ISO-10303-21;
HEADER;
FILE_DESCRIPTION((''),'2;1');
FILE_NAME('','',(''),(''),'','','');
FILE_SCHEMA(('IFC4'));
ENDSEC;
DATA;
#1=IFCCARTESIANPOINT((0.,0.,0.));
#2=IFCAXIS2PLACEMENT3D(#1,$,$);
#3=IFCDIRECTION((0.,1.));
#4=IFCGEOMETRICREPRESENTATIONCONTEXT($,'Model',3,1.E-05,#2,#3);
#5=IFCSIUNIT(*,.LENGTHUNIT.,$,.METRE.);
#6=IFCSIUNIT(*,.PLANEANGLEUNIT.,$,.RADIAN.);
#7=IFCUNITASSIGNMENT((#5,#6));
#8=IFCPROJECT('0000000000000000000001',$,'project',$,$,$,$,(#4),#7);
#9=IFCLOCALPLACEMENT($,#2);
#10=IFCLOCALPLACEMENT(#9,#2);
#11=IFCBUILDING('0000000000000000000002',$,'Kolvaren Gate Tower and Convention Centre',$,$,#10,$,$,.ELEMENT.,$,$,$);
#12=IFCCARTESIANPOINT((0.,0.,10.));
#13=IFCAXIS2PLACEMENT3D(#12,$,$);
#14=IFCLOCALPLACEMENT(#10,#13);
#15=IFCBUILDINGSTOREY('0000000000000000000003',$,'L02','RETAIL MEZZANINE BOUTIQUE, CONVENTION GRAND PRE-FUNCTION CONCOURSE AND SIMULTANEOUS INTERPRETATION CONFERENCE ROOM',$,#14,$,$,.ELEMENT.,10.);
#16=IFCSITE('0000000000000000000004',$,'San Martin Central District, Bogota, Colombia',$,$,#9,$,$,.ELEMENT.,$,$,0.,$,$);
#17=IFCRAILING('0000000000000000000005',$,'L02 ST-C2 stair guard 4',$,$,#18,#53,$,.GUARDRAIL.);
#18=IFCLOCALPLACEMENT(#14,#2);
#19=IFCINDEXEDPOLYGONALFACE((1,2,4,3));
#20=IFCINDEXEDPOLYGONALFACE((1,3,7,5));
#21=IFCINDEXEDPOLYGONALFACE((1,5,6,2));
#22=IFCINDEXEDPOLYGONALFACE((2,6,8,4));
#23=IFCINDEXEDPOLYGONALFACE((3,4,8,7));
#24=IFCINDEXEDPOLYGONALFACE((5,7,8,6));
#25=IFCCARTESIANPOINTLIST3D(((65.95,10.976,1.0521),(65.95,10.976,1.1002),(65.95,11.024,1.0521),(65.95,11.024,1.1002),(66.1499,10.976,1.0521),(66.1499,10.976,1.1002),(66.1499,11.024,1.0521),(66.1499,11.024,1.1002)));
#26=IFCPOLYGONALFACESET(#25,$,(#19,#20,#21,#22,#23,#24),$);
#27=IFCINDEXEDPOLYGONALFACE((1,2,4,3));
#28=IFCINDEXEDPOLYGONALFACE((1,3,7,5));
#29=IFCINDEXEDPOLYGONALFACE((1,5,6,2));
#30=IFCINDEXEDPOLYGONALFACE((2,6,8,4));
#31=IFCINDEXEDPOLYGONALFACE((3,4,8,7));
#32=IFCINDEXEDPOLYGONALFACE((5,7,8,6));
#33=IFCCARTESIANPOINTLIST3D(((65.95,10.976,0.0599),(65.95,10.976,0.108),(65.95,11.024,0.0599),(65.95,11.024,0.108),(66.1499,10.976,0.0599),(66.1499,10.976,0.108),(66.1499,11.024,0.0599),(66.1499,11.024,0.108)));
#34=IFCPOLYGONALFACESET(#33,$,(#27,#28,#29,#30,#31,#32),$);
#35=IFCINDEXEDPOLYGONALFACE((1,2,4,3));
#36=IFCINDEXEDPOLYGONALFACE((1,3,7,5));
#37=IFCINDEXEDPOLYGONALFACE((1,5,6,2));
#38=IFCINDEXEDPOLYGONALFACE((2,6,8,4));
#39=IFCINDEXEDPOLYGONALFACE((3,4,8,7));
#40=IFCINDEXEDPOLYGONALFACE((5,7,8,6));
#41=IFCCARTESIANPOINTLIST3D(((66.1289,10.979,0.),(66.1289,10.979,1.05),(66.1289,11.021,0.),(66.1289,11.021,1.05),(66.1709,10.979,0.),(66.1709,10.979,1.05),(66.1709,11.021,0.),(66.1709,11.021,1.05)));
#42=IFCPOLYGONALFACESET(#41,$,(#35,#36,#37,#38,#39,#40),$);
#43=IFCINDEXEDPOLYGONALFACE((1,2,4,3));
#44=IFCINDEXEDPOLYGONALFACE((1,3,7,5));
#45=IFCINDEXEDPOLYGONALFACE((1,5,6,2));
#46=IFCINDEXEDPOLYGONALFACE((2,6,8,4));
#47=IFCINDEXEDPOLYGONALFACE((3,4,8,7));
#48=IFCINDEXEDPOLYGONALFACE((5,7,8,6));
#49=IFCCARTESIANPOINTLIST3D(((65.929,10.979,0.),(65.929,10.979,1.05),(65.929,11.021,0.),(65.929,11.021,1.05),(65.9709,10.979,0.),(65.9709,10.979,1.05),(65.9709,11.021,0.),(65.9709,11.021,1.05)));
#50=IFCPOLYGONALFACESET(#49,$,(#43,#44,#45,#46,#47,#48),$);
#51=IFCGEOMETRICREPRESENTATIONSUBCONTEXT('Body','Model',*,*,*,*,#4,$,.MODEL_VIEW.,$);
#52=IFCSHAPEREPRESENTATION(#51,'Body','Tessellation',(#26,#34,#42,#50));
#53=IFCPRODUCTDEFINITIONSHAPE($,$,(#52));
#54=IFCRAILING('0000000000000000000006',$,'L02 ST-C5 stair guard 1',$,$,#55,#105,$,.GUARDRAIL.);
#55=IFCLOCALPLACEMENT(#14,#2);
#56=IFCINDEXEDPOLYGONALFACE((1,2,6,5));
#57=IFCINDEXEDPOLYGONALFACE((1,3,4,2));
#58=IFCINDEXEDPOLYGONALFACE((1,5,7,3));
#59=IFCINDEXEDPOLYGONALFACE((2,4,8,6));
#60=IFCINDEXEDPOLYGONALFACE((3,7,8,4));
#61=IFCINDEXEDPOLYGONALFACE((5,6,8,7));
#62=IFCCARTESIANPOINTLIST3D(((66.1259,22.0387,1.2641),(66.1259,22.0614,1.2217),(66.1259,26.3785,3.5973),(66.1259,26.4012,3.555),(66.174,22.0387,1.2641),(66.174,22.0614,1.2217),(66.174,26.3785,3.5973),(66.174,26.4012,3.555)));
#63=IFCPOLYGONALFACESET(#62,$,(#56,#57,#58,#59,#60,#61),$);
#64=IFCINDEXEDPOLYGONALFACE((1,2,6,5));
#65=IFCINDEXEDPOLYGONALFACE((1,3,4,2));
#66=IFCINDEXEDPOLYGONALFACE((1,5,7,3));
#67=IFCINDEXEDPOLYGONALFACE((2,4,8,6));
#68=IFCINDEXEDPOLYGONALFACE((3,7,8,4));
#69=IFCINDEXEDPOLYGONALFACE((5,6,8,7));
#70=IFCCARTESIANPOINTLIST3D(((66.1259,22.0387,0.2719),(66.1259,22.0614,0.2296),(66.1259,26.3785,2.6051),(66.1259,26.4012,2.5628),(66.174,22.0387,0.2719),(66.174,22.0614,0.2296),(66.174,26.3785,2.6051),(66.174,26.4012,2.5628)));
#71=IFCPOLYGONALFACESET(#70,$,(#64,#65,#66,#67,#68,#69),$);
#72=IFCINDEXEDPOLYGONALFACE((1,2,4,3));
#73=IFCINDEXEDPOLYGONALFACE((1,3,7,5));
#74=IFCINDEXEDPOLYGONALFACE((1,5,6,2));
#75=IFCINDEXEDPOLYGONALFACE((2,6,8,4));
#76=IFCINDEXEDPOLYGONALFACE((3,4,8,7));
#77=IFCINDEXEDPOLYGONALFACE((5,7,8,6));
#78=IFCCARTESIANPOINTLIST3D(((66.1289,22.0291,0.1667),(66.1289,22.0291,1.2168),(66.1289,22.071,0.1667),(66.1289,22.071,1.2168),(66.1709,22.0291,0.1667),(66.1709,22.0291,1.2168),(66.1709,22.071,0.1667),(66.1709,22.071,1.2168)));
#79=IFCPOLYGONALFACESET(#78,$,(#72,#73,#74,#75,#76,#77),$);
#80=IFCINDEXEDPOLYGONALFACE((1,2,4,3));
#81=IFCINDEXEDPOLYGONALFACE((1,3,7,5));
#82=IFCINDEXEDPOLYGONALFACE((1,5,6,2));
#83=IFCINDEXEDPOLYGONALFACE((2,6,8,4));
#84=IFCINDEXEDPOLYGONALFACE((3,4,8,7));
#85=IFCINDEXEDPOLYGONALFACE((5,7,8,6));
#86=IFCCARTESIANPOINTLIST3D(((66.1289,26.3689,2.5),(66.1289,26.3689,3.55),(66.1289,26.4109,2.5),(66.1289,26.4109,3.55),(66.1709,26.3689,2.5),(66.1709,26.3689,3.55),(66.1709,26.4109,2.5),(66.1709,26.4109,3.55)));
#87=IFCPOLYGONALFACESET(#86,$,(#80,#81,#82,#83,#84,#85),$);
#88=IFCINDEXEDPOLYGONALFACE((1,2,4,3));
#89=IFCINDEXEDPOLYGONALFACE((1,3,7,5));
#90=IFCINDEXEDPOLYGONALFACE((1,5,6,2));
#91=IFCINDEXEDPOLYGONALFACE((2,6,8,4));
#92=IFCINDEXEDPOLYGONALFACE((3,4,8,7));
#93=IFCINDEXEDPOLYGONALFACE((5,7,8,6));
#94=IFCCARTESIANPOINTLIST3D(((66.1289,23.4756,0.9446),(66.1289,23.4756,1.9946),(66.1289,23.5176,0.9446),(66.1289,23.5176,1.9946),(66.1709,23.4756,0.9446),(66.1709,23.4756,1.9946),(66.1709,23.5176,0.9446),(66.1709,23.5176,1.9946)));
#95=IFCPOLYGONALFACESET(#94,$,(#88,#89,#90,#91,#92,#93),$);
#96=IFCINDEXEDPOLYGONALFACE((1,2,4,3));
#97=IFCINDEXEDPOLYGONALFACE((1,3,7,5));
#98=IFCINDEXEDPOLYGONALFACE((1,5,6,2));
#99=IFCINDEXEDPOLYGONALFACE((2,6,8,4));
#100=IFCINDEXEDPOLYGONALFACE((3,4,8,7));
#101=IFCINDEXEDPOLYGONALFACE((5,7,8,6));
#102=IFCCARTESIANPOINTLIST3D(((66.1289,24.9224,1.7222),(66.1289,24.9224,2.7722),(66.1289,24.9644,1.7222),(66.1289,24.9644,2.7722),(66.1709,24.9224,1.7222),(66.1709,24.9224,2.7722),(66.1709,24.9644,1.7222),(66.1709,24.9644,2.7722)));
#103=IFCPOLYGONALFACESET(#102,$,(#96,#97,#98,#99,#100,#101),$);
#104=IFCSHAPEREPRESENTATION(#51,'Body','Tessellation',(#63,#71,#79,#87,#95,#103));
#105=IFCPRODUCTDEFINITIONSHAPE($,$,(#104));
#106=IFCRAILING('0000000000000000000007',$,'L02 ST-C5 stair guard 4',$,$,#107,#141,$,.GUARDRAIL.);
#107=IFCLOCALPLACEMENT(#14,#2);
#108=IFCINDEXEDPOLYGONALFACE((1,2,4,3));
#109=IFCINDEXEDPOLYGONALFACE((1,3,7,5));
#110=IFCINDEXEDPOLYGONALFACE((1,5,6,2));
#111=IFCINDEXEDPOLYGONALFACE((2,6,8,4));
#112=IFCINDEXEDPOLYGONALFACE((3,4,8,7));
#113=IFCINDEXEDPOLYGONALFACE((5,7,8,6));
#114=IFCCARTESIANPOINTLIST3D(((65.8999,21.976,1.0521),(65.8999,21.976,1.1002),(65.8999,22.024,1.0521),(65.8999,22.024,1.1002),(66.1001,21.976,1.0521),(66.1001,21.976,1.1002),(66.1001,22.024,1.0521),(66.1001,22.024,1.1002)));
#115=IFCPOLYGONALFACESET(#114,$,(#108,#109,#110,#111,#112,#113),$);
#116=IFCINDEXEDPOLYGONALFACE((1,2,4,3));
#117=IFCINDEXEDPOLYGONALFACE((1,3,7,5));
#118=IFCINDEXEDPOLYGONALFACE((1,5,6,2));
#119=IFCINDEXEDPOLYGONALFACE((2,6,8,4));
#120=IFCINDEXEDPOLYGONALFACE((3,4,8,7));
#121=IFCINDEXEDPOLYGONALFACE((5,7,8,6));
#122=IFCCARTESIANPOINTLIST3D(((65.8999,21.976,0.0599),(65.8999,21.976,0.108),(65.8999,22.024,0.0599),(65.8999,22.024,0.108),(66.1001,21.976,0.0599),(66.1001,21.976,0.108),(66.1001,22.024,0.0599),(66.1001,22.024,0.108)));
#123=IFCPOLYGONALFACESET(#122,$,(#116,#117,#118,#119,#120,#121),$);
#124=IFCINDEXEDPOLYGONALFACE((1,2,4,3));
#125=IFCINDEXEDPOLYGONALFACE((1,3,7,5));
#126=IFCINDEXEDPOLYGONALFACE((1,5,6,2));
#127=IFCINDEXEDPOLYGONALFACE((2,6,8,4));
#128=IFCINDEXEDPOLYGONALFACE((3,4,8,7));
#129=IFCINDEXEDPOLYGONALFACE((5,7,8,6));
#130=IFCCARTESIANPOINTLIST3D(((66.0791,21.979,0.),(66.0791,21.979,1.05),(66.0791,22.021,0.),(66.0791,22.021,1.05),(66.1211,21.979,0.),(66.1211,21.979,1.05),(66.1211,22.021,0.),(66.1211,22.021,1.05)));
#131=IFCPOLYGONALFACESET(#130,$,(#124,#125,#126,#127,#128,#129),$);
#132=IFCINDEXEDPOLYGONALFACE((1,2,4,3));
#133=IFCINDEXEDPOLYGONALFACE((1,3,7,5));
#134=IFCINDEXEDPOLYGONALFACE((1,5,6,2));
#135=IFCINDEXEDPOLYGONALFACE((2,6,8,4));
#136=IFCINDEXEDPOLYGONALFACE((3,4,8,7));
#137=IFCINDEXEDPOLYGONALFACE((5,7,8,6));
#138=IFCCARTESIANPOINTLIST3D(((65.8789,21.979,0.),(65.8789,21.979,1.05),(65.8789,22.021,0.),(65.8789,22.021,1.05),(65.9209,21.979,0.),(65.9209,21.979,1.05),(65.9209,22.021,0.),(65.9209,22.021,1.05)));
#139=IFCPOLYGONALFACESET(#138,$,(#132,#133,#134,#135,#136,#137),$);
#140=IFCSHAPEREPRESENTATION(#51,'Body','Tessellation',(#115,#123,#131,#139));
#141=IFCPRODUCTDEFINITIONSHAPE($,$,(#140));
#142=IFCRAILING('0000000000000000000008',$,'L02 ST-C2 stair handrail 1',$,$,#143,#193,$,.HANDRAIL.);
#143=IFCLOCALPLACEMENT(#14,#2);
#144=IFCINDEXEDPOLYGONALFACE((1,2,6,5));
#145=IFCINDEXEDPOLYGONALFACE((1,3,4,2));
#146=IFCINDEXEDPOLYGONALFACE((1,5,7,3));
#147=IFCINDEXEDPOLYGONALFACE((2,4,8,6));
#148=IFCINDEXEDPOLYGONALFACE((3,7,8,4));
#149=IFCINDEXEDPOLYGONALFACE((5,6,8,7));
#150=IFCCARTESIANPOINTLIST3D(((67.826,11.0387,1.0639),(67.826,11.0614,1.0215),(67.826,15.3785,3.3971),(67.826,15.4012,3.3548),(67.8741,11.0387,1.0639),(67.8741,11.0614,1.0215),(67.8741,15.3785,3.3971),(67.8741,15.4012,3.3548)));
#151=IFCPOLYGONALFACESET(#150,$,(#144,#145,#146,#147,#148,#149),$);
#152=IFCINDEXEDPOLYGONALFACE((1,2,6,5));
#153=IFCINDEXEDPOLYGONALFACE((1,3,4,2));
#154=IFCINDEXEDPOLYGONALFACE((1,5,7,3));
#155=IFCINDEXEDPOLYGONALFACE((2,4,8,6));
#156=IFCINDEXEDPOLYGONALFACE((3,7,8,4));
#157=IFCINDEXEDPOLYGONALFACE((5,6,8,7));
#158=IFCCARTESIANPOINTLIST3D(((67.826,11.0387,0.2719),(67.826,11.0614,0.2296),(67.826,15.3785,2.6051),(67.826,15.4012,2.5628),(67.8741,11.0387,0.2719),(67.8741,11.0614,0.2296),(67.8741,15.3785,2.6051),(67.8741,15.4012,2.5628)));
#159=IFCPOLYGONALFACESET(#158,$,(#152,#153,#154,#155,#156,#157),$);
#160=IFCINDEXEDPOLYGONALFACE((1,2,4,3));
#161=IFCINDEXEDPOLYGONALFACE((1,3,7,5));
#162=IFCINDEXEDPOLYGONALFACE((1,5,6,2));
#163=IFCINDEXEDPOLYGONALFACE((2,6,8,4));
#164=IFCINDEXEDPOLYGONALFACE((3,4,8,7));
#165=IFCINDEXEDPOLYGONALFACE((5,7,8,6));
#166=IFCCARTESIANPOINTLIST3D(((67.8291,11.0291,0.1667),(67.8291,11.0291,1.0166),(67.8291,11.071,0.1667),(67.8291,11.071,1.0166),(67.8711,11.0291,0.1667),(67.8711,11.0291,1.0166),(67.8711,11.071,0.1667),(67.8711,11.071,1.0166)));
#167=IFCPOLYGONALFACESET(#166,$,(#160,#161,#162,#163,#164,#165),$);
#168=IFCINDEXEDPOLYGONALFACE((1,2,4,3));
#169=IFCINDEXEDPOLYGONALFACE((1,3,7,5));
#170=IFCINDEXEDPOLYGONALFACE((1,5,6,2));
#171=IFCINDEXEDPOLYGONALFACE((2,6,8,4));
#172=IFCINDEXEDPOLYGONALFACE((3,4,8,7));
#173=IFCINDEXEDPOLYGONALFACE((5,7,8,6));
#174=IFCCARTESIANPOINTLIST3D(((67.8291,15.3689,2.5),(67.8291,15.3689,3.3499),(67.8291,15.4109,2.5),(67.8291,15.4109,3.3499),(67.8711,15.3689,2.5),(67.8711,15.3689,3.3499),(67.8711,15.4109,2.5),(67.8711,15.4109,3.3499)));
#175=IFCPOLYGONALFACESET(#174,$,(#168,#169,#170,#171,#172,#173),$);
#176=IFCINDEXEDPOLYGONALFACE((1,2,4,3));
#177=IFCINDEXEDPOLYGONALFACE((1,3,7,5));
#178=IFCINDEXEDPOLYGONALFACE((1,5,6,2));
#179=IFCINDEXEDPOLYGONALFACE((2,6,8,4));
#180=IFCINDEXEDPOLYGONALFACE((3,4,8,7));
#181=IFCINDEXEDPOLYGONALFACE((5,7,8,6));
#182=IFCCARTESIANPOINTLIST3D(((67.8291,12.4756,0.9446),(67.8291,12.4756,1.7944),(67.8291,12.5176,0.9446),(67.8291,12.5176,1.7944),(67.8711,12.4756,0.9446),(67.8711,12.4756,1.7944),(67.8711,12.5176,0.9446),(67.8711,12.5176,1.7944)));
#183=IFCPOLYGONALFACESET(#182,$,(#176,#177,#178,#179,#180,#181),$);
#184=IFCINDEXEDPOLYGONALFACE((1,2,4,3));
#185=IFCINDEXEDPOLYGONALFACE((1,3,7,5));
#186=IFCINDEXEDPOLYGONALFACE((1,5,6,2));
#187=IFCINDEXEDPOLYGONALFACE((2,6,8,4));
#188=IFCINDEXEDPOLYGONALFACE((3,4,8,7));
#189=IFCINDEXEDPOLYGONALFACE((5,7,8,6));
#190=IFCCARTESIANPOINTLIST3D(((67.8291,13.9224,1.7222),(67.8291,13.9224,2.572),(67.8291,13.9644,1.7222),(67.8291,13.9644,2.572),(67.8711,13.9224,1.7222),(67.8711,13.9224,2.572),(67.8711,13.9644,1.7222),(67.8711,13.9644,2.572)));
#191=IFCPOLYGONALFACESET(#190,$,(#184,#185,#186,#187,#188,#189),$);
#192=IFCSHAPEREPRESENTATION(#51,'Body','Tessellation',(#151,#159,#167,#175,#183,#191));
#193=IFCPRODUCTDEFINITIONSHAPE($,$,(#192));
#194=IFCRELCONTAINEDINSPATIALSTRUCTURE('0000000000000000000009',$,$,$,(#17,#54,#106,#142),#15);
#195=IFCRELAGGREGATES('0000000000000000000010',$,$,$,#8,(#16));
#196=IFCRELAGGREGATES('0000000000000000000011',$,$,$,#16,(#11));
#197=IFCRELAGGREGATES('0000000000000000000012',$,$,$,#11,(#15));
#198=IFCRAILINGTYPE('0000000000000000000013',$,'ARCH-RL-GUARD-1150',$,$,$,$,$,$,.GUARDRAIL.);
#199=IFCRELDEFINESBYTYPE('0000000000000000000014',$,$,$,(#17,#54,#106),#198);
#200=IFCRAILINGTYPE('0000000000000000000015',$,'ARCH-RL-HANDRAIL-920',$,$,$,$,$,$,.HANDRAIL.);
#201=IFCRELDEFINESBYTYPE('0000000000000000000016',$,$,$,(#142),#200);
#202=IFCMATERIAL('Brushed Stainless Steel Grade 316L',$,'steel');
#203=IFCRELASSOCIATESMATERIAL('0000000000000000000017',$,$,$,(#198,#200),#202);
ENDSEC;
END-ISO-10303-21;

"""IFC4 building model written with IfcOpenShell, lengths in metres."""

from ifc_helpers import new_model, si_unit, direction, frame, origin, origin_2d, place, context, subcontext, project, spatial, rectangle, extrude, material, type_object, element, save


model = new_model("IFC4")

# Units and contexts
model_context = context("Model", 3, precision=1e-05, world=origin(), true_north=direction((0.0, 1.0)))
body_context = subcontext(model_context, "Body", "Model", "MODEL_VIEW")
ifc_project = project(units=[si_unit("LENGTHUNIT", "METRE"), si_unit("PLANEANGLEUNIT", "RADIAN")], contexts=[model_context])

# Site, building, storey
site_placement = place(None, origin())
site = spatial("IfcSite", under=ifc_project, at=site_placement, Name="San Martin Central District, Bogota, Colombia", CompositionType="ELEMENT", RefElevation=0.0)
building_placement = place(site_placement, origin())
building = spatial("IfcBuilding", under=site, at=building_placement, Name="Kolvaren Gate Tower and Convention Centre", CompositionType="ELEMENT")
storey_placement = place(building_placement, frame((0.0, 0.0, 10.0)))
storey = spatial("IfcBuildingStorey", under=building, at=storey_placement, Name="L02", Description="RETAIL MEZZANINE BOUTIQUE, CONVENTION GRAND PRE-FUNCTION CONCOURSE AND SIMULTANEOUS INTERPRETATION CONFERENCE ROOM", CompositionType="ELEMENT", Elevation=10.0)

# Railings
ifc_material_1 = material(Name="Brushed Stainless Steel Grade 316L", Category="steel")
railing_type_1 = type_object("IfcRailingType", Name="ARCH-RL-GUARD-1150", PredefinedType="GUARDRAIL", material=ifc_material_1)
railing_1_placement = place(storey_placement, frame((66.1499, 11.0, 0.0)))
element("IfcRailing", 1, at=railing_1_placement, inside=storey, type_object=railing_type_1, Name="L02 ST-C2 stair guard 4", PredefinedType="GUARDRAIL", context=body_context, shape_type="SweptSolid", body=[
    extrude(rectangle(XDim=0.0481, YDim=0.0481, at=origin_2d()), frame((0.0, 0.0, 1.0762), z_axis=(-1.0, 0.0, 0.0), x_axis=(0.0, -1.0, 0.0)), (0.0, 0.0, 1.0), 0.2),
    extrude(rectangle(XDim=0.0481, YDim=0.0481, at=origin_2d()), frame((0.0, 0.0, 0.084), z_axis=(-1.0, 0.0, 0.0), x_axis=(0.0, -1.0, 0.0)), (0.0, 0.0, 1.0), 0.2),
    extrude(rectangle(XDim=0.042, YDim=0.042, at=origin_2d()), origin(), (0.0, 0.0, 1.0), 1.05),
    extrude(rectangle(XDim=0.042, YDim=0.042, at=origin_2d()), frame((-0.2, 0.0, 0.0)), (0.0, 0.0, 1.0), 1.05),
])
railing_2_placement = place(storey_placement, frame((66.1499, 22.05, 0.1667)))
element("IfcRailing", 2, at=railing_2_placement, inside=storey, type_object=railing_type_1, Name="L02 ST-C5 stair guard 1", PredefinedType="GUARDRAIL", context=body_context, shape_type="SweptSolid", body=[
    extrude(rectangle(XDim=0.0481, YDim=0.0481, at=origin_2d()), frame((0.0, 0.0, 1.0762), z_axis=(0.0, 0.880775, 0.473535), x_axis=(-1.0, 0.0, 0.0)), (0.0, 0.0, 1.0), 4.9272),
    extrude(rectangle(XDim=0.0481, YDim=0.0481, at=origin_2d()), frame((0.0, 0.0, 0.084), z_axis=(0.0, 0.880775, 0.473535), x_axis=(-1.0, 0.0, 0.0)), (0.0, 0.0, 1.0), 4.9272),
    extrude(rectangle(XDim=0.042, YDim=0.042, at=origin_2d()), origin(), (0.0, 0.0, 1.0), 1.05),
    extrude(rectangle(XDim=0.042, YDim=0.042, at=origin_2d()), frame((0.0, 4.3398, 2.3333)), (0.0, 0.0, 1.0), 1.05),
    extrude(rectangle(XDim=0.042, YDim=0.042, at=origin_2d()), frame((0.0, 1.4465, 0.7778)), (0.0, 0.0, 1.0), 1.05),
    extrude(rectangle(XDim=0.042, YDim=0.042, at=origin_2d()), frame((0.0, 2.8933, 1.5554)), (0.0, 0.0, 1.0), 1.05),
])
railing_3_placement = place(storey_placement, frame((66.1001, 22.0, 0.0)))
element("IfcRailing", 3, at=railing_3_placement, inside=storey, type_object=railing_type_1, Name="L02 ST-C5 stair guard 4", PredefinedType="GUARDRAIL", context=body_context, shape_type="SweptSolid", body=[
    extrude(rectangle(XDim=0.0481, YDim=0.0481, at=origin_2d()), frame((0.0, 0.0, 1.0762), z_axis=(-1.0, 0.0, 0.0), x_axis=(0.0, -1.0, 0.0)), (0.0, 0.0, 1.0), 0.2002),
    extrude(rectangle(XDim=0.0481, YDim=0.0481, at=origin_2d()), frame((0.0, 0.0, 0.084), z_axis=(-1.0, 0.0, 0.0), x_axis=(0.0, -1.0, 0.0)), (0.0, 0.0, 1.0), 0.2002),
    extrude(rectangle(XDim=0.042, YDim=0.042, at=origin_2d()), origin(), (0.0, 0.0, 1.0), 1.05),
    extrude(rectangle(XDim=0.042, YDim=0.042, at=origin_2d()), frame((-0.2002, 0.0, 0.0)), (0.0, 0.0, 1.0), 1.05),
])
railing_type_2 = type_object("IfcRailingType", Name="ARCH-RL-HANDRAIL-920", PredefinedType="HANDRAIL", material=ifc_material_1)
railing_4_placement = place(storey_placement, frame((67.8501, 11.05, 0.1667)))
element("IfcRailing", 4, at=railing_4_placement, inside=storey, type_object=railing_type_2, Name="L02 ST-C2 stair handrail 1", PredefinedType="HANDRAIL", context=body_context, shape_type="SweptSolid", body=[
    extrude(rectangle(XDim=0.0481, YDim=0.0481, at=origin_2d()), frame((0.0, 0.0, 0.876), z_axis=(0.0, 0.880775, 0.473535), x_axis=(-1.0, 0.0, 0.0)), (0.0, 0.0, 1.0), 4.9272),
    extrude(rectangle(XDim=0.0481, YDim=0.0481, at=origin_2d()), frame((0.0, 0.0, 0.084), z_axis=(0.0, 0.880775, 0.473535), x_axis=(-1.0, 0.0, 0.0)), (0.0, 0.0, 1.0), 4.9272),
    extrude(rectangle(XDim=0.042, YDim=0.042, at=origin_2d()), origin(), (0.0, 0.0, 1.0), 0.8499),
    extrude(rectangle(XDim=0.042, YDim=0.042, at=origin_2d()), frame((0.0, 4.3398, 2.3333)), (0.0, 0.0, 1.0), 0.8499),
    extrude(rectangle(XDim=0.042, YDim=0.042, at=origin_2d()), frame((0.0, 1.4465, 0.7778)), (0.0, 0.0, 1.0), 0.8499),
    extrude(rectangle(XDim=0.042, YDim=0.042, at=origin_2d()), frame((0.0, 2.8933, 1.5554)), (0.0, 0.0, 1.0), 0.8499),
])

save(model, "model.ifc")
